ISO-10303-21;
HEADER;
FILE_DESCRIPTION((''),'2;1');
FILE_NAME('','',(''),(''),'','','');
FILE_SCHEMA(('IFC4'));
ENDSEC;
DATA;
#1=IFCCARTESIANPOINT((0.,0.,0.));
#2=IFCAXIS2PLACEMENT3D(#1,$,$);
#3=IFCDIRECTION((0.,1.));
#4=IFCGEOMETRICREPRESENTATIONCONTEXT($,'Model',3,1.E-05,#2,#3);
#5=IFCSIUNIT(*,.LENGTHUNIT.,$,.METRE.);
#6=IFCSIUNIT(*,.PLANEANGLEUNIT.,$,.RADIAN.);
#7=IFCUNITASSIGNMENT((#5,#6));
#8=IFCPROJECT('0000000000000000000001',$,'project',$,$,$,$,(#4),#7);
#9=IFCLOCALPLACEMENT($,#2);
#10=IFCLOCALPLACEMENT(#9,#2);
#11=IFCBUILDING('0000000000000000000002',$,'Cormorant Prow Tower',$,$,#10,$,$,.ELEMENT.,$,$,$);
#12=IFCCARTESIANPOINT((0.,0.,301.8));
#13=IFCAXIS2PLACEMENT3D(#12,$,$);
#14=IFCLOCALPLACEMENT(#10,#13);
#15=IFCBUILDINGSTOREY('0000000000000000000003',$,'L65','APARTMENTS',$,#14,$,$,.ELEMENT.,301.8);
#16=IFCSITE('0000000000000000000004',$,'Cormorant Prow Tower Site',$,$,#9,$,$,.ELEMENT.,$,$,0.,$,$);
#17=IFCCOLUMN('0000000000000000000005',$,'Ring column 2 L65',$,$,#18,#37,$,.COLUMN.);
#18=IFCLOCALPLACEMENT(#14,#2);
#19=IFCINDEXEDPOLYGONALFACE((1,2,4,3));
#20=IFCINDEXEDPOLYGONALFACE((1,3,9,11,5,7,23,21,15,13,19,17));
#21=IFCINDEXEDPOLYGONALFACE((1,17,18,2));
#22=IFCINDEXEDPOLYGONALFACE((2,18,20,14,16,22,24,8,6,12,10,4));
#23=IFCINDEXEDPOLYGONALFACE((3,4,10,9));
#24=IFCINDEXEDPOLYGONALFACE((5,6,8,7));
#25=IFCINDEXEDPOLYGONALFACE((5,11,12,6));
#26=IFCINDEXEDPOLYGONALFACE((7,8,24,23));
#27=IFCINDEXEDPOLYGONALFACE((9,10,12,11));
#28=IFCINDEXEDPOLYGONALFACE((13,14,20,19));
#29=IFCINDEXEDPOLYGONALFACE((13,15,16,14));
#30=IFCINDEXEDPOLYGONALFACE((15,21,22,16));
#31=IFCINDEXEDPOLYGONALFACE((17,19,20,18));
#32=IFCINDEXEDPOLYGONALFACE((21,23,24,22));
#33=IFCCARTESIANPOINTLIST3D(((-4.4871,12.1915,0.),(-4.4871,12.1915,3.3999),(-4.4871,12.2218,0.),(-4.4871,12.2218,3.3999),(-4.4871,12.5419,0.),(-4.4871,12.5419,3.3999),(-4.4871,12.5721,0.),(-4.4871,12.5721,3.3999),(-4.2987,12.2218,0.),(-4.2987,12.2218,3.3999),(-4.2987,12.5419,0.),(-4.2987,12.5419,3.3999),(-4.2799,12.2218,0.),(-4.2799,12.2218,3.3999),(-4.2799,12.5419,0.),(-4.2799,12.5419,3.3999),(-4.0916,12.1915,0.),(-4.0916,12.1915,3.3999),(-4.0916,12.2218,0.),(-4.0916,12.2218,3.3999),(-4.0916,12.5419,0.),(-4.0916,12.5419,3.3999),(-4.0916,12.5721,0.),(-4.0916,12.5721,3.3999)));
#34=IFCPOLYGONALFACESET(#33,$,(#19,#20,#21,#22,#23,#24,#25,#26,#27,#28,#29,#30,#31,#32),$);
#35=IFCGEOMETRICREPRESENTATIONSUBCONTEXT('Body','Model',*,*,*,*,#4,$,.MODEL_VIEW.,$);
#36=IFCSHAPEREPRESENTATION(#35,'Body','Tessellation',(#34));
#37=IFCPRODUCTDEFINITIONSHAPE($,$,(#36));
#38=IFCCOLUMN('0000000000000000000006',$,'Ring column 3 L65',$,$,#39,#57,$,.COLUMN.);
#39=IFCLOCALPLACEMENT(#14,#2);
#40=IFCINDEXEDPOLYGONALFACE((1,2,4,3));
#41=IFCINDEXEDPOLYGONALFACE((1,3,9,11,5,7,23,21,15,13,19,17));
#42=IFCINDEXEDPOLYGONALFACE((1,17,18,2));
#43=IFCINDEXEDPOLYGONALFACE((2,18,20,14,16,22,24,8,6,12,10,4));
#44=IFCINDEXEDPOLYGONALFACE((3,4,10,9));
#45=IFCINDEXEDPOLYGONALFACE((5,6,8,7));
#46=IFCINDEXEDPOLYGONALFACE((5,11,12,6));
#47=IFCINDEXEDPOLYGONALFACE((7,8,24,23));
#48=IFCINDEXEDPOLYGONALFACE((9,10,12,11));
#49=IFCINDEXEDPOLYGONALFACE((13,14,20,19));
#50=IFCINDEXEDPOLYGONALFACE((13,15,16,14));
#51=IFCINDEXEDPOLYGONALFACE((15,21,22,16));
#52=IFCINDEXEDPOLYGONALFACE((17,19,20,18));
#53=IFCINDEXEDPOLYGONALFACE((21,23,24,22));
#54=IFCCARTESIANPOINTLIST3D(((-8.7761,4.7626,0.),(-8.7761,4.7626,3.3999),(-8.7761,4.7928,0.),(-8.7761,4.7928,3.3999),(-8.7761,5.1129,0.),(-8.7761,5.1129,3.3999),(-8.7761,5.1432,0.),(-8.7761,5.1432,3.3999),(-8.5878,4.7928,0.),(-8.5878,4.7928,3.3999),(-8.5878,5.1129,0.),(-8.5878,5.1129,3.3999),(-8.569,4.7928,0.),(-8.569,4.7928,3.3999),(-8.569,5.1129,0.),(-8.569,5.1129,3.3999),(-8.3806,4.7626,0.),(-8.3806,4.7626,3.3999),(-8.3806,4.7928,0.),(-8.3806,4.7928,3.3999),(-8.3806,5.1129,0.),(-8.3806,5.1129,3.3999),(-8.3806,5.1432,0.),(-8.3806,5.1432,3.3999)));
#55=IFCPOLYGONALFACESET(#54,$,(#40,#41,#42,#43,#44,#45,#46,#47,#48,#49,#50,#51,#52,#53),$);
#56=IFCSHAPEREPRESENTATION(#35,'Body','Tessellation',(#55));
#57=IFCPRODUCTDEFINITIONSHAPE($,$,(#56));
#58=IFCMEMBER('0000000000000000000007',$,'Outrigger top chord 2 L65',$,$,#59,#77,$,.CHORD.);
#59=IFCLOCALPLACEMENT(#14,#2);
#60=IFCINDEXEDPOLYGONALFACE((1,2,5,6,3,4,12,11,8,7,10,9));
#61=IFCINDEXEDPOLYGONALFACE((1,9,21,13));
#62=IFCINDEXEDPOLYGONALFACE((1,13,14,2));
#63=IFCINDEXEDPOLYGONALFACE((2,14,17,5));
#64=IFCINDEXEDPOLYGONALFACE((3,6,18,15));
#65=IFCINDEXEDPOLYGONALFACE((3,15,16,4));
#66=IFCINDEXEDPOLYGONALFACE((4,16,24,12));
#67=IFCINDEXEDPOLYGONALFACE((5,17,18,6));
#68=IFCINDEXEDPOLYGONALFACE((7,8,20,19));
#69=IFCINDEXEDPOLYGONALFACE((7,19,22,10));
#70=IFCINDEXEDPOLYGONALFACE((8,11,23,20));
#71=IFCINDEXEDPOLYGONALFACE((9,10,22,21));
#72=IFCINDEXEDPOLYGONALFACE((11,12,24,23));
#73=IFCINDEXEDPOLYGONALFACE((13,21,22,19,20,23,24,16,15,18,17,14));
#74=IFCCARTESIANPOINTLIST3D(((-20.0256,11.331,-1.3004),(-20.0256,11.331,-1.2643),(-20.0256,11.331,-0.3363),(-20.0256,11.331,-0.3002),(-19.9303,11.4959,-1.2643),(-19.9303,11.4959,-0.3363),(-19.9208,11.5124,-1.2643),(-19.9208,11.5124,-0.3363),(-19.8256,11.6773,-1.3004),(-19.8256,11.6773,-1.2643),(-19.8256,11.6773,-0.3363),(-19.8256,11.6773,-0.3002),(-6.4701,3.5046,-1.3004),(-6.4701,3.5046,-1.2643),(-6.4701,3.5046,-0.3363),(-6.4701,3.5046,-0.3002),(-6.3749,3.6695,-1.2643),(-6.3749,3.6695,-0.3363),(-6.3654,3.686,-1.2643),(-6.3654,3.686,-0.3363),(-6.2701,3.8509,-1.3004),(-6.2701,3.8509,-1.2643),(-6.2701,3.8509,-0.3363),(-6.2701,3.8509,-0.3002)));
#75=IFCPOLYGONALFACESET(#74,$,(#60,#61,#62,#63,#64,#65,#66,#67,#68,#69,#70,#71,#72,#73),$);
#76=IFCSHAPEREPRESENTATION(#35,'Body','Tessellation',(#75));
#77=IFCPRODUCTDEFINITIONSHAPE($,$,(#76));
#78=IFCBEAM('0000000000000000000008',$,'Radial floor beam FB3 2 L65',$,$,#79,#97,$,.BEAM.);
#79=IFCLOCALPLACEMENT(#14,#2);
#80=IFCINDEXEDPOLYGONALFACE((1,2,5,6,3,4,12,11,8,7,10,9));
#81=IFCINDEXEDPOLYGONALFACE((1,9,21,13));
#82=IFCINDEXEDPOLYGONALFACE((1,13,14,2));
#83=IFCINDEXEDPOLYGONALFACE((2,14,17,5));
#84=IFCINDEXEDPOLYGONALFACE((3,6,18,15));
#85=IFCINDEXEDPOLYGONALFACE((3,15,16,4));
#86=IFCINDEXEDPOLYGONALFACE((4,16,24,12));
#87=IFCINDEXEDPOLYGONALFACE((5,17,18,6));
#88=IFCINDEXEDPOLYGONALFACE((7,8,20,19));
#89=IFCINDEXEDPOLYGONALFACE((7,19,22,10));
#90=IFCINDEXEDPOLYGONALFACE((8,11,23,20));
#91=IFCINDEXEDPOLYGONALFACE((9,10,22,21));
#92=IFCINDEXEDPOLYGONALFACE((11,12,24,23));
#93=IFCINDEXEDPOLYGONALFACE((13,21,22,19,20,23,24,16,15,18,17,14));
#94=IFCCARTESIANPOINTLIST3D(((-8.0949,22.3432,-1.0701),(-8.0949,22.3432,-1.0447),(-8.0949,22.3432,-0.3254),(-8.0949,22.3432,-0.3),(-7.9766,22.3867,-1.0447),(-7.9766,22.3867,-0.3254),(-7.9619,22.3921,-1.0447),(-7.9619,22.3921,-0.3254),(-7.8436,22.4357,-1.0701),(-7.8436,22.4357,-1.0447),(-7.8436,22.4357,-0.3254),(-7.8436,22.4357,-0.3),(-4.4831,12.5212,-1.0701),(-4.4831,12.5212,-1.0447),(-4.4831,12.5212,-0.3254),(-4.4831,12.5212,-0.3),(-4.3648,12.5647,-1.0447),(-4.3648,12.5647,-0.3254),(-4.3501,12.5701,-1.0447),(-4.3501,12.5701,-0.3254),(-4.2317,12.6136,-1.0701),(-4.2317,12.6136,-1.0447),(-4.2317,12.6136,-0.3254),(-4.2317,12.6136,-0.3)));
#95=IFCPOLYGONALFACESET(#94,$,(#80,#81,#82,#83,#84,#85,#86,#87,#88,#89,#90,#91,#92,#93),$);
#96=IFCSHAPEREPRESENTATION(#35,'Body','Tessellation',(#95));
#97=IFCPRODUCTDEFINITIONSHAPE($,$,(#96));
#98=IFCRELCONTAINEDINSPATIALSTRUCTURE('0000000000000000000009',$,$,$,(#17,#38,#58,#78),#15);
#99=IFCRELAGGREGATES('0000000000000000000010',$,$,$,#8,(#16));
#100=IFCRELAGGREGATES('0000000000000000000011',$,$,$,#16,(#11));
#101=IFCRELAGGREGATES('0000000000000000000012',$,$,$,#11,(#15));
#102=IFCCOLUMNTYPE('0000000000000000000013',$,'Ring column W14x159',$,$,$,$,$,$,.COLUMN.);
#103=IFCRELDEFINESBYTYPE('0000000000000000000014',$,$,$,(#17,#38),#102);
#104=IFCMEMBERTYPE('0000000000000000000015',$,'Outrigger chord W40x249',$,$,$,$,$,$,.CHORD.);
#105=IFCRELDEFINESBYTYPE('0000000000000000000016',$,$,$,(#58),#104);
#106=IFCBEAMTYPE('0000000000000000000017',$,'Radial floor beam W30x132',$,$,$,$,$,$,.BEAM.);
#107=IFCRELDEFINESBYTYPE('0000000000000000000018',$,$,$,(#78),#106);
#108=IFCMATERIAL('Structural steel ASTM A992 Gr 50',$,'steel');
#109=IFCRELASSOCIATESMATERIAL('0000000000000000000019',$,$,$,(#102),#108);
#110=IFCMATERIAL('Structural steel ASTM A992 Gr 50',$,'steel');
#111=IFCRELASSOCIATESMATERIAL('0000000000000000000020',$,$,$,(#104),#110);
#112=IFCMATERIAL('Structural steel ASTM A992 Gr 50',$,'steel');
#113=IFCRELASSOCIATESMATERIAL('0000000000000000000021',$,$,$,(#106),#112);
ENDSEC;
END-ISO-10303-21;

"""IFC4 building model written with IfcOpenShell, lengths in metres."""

from ifc_helpers import new_model, si_unit, direction, frame, origin, origin_2d, place, context, subcontext, project, spatial, i_section, extrude, material, material_profile, profile_set, type_object, element, save


model = new_model("IFC4")

# Units and contexts
model_context = context("Model", 3, precision=1e-05, world=origin(), true_north=direction((0.0, 1.0)))
body_context = subcontext(model_context, "Body", "Model", "MODEL_VIEW")
ifc_project = project(units=[si_unit("LENGTHUNIT", "METRE"), si_unit("PLANEANGLEUNIT", "RADIAN")], contexts=[model_context])

# Site, building, storey
site_placement = place(None, origin())
site = spatial("IfcSite", under=ifc_project, at=site_placement, Name="Cormorant Prow Tower Site", CompositionType="ELEMENT", RefElevation=0.0)
building_placement = place(site_placement, origin())
building = spatial("IfcBuilding", under=site, at=building_placement, Name="Cormorant Prow Tower", CompositionType="ELEMENT")
storey_placement = place(building_placement, frame((0.0, 0.0, 301.8)))
storey = spatial("IfcBuildingStorey", under=building, at=storey_placement, Name="L65", Description="APARTMENTS", CompositionType="ELEMENT", Elevation=301.8)

# Columns
ifc_material_1 = material(Name="Structural steel ASTM A992 Gr 50", Category="steel")
ifc_material_profile_1 = material_profile(ifc_material_1, i_section(OverallWidth=0.3955, OverallDepth=0.3806, WebThickness=0.0188, FlangeThickness=0.0303, at=origin_2d()), Name="W14x159")
ifc_profile_set_1 = profile_set([ifc_material_profile_1], Name="Structural steel ASTM A992 Gr 50")
column_type = type_object("IfcColumnType", Name="Ring column W14x159", PredefinedType="COLUMN", material=ifc_profile_set_1)
for number, where, z_axis, x_axis, name in (
    (1, (-4.2893, 12.3818, 0.0), (0.0, 0.0, 1.0), (1.0, 0.0, 0.0), "Ring column 2 L65"),
    (2, (-8.5784, 4.9529, 0.0), (0.0, 0.0, 1.0), (1.0, 0.0, 0.0), "Ring column 3 L65"),
):
    element("IfcColumn", number, at=place(storey_placement, frame(where, z_axis=z_axis, x_axis=x_axis)), inside=storey, type_object=column_type, Name=name, PredefinedType="COLUMN", context=body_context, shape_type="SweptSolid", body=[
        extrude(i_section(OverallWidth=0.3955, OverallDepth=0.3806, WebThickness=0.0188, FlangeThickness=0.0303, at=origin_2d()), origin(), (0.0, 0.0, 1.0), 3.3999),
    ])

# Member
ifc_material_2 = material(Name="Structural steel ASTM A992 Gr 50", Category="steel")
ifc_material_profile_2 = material_profile(ifc_material_2, i_section(OverallWidth=0.3999, OverallDepth=1.0002, WebThickness=0.019, FlangeThickness=0.0361, at=origin_2d()), Name="W40x249")
ifc_profile_set_2 = profile_set([ifc_material_profile_2], Name="Structural steel ASTM A992 Gr 50")
member_type = type_object("IfcMemberType", Name="Outrigger chord W40x249", PredefinedType="CHORD", material=ifc_profile_set_2)
member_placement = place(storey_placement, frame((-6.3701, 3.6777, -0.8003), z_axis=(-0.86602, 0.500009, 0.0), x_axis=(-0.500009, -0.86602, 0.0)))
element("IfcMember", 3, at=member_placement, inside=storey, type_object=member_type, Name="Outrigger top chord 2 L65", PredefinedType="CHORD", context=body_context, shape_type="SweptSolid", body=[
    extrude(i_section(OverallWidth=0.3999, OverallDepth=1.0002, WebThickness=0.019, FlangeThickness=0.0361, at=origin_2d()), origin(), (0.0, 0.0, 1.0), 15.6526),
])

# Beam
ifc_material_3 = material(Name="Structural steel ASTM A992 Gr 50", Category="steel")
ifc_material_profile_3 = material_profile(ifc_material_3, i_section(OverallWidth=0.2678, OverallDepth=0.77, WebThickness=0.0156, FlangeThickness=0.0254, at=origin_2d()), Name="W30x132")
ifc_profile_set_3 = profile_set([ifc_material_profile_3], Name="Structural steel ASTM A992 Gr 50")
beam_type = type_object("IfcBeamType", Name="Radial floor beam W30x132", PredefinedType="BEAM", material=ifc_profile_set_3)
beam_placement = place(storey_placement, frame((-4.3574, 12.5674, -0.6851), z_axis=(-0.345131, 0.938554, 0.0), x_axis=(-0.938554, -0.345131, 0.0)))
element("IfcBeam", 4, at=beam_placement, inside=storey, type_object=beam_type, Name="Radial floor beam FB3 2 L65", PredefinedType="BEAM", context=body_context, shape_type="SweptSolid", body=[
    extrude(i_section(OverallWidth=0.2678, OverallDepth=0.77, WebThickness=0.0156, FlangeThickness=0.0254, at=origin_2d()), origin(), (0.0, 0.0, 1.0), 10.4651),
])

save(model, "model.ifc")
